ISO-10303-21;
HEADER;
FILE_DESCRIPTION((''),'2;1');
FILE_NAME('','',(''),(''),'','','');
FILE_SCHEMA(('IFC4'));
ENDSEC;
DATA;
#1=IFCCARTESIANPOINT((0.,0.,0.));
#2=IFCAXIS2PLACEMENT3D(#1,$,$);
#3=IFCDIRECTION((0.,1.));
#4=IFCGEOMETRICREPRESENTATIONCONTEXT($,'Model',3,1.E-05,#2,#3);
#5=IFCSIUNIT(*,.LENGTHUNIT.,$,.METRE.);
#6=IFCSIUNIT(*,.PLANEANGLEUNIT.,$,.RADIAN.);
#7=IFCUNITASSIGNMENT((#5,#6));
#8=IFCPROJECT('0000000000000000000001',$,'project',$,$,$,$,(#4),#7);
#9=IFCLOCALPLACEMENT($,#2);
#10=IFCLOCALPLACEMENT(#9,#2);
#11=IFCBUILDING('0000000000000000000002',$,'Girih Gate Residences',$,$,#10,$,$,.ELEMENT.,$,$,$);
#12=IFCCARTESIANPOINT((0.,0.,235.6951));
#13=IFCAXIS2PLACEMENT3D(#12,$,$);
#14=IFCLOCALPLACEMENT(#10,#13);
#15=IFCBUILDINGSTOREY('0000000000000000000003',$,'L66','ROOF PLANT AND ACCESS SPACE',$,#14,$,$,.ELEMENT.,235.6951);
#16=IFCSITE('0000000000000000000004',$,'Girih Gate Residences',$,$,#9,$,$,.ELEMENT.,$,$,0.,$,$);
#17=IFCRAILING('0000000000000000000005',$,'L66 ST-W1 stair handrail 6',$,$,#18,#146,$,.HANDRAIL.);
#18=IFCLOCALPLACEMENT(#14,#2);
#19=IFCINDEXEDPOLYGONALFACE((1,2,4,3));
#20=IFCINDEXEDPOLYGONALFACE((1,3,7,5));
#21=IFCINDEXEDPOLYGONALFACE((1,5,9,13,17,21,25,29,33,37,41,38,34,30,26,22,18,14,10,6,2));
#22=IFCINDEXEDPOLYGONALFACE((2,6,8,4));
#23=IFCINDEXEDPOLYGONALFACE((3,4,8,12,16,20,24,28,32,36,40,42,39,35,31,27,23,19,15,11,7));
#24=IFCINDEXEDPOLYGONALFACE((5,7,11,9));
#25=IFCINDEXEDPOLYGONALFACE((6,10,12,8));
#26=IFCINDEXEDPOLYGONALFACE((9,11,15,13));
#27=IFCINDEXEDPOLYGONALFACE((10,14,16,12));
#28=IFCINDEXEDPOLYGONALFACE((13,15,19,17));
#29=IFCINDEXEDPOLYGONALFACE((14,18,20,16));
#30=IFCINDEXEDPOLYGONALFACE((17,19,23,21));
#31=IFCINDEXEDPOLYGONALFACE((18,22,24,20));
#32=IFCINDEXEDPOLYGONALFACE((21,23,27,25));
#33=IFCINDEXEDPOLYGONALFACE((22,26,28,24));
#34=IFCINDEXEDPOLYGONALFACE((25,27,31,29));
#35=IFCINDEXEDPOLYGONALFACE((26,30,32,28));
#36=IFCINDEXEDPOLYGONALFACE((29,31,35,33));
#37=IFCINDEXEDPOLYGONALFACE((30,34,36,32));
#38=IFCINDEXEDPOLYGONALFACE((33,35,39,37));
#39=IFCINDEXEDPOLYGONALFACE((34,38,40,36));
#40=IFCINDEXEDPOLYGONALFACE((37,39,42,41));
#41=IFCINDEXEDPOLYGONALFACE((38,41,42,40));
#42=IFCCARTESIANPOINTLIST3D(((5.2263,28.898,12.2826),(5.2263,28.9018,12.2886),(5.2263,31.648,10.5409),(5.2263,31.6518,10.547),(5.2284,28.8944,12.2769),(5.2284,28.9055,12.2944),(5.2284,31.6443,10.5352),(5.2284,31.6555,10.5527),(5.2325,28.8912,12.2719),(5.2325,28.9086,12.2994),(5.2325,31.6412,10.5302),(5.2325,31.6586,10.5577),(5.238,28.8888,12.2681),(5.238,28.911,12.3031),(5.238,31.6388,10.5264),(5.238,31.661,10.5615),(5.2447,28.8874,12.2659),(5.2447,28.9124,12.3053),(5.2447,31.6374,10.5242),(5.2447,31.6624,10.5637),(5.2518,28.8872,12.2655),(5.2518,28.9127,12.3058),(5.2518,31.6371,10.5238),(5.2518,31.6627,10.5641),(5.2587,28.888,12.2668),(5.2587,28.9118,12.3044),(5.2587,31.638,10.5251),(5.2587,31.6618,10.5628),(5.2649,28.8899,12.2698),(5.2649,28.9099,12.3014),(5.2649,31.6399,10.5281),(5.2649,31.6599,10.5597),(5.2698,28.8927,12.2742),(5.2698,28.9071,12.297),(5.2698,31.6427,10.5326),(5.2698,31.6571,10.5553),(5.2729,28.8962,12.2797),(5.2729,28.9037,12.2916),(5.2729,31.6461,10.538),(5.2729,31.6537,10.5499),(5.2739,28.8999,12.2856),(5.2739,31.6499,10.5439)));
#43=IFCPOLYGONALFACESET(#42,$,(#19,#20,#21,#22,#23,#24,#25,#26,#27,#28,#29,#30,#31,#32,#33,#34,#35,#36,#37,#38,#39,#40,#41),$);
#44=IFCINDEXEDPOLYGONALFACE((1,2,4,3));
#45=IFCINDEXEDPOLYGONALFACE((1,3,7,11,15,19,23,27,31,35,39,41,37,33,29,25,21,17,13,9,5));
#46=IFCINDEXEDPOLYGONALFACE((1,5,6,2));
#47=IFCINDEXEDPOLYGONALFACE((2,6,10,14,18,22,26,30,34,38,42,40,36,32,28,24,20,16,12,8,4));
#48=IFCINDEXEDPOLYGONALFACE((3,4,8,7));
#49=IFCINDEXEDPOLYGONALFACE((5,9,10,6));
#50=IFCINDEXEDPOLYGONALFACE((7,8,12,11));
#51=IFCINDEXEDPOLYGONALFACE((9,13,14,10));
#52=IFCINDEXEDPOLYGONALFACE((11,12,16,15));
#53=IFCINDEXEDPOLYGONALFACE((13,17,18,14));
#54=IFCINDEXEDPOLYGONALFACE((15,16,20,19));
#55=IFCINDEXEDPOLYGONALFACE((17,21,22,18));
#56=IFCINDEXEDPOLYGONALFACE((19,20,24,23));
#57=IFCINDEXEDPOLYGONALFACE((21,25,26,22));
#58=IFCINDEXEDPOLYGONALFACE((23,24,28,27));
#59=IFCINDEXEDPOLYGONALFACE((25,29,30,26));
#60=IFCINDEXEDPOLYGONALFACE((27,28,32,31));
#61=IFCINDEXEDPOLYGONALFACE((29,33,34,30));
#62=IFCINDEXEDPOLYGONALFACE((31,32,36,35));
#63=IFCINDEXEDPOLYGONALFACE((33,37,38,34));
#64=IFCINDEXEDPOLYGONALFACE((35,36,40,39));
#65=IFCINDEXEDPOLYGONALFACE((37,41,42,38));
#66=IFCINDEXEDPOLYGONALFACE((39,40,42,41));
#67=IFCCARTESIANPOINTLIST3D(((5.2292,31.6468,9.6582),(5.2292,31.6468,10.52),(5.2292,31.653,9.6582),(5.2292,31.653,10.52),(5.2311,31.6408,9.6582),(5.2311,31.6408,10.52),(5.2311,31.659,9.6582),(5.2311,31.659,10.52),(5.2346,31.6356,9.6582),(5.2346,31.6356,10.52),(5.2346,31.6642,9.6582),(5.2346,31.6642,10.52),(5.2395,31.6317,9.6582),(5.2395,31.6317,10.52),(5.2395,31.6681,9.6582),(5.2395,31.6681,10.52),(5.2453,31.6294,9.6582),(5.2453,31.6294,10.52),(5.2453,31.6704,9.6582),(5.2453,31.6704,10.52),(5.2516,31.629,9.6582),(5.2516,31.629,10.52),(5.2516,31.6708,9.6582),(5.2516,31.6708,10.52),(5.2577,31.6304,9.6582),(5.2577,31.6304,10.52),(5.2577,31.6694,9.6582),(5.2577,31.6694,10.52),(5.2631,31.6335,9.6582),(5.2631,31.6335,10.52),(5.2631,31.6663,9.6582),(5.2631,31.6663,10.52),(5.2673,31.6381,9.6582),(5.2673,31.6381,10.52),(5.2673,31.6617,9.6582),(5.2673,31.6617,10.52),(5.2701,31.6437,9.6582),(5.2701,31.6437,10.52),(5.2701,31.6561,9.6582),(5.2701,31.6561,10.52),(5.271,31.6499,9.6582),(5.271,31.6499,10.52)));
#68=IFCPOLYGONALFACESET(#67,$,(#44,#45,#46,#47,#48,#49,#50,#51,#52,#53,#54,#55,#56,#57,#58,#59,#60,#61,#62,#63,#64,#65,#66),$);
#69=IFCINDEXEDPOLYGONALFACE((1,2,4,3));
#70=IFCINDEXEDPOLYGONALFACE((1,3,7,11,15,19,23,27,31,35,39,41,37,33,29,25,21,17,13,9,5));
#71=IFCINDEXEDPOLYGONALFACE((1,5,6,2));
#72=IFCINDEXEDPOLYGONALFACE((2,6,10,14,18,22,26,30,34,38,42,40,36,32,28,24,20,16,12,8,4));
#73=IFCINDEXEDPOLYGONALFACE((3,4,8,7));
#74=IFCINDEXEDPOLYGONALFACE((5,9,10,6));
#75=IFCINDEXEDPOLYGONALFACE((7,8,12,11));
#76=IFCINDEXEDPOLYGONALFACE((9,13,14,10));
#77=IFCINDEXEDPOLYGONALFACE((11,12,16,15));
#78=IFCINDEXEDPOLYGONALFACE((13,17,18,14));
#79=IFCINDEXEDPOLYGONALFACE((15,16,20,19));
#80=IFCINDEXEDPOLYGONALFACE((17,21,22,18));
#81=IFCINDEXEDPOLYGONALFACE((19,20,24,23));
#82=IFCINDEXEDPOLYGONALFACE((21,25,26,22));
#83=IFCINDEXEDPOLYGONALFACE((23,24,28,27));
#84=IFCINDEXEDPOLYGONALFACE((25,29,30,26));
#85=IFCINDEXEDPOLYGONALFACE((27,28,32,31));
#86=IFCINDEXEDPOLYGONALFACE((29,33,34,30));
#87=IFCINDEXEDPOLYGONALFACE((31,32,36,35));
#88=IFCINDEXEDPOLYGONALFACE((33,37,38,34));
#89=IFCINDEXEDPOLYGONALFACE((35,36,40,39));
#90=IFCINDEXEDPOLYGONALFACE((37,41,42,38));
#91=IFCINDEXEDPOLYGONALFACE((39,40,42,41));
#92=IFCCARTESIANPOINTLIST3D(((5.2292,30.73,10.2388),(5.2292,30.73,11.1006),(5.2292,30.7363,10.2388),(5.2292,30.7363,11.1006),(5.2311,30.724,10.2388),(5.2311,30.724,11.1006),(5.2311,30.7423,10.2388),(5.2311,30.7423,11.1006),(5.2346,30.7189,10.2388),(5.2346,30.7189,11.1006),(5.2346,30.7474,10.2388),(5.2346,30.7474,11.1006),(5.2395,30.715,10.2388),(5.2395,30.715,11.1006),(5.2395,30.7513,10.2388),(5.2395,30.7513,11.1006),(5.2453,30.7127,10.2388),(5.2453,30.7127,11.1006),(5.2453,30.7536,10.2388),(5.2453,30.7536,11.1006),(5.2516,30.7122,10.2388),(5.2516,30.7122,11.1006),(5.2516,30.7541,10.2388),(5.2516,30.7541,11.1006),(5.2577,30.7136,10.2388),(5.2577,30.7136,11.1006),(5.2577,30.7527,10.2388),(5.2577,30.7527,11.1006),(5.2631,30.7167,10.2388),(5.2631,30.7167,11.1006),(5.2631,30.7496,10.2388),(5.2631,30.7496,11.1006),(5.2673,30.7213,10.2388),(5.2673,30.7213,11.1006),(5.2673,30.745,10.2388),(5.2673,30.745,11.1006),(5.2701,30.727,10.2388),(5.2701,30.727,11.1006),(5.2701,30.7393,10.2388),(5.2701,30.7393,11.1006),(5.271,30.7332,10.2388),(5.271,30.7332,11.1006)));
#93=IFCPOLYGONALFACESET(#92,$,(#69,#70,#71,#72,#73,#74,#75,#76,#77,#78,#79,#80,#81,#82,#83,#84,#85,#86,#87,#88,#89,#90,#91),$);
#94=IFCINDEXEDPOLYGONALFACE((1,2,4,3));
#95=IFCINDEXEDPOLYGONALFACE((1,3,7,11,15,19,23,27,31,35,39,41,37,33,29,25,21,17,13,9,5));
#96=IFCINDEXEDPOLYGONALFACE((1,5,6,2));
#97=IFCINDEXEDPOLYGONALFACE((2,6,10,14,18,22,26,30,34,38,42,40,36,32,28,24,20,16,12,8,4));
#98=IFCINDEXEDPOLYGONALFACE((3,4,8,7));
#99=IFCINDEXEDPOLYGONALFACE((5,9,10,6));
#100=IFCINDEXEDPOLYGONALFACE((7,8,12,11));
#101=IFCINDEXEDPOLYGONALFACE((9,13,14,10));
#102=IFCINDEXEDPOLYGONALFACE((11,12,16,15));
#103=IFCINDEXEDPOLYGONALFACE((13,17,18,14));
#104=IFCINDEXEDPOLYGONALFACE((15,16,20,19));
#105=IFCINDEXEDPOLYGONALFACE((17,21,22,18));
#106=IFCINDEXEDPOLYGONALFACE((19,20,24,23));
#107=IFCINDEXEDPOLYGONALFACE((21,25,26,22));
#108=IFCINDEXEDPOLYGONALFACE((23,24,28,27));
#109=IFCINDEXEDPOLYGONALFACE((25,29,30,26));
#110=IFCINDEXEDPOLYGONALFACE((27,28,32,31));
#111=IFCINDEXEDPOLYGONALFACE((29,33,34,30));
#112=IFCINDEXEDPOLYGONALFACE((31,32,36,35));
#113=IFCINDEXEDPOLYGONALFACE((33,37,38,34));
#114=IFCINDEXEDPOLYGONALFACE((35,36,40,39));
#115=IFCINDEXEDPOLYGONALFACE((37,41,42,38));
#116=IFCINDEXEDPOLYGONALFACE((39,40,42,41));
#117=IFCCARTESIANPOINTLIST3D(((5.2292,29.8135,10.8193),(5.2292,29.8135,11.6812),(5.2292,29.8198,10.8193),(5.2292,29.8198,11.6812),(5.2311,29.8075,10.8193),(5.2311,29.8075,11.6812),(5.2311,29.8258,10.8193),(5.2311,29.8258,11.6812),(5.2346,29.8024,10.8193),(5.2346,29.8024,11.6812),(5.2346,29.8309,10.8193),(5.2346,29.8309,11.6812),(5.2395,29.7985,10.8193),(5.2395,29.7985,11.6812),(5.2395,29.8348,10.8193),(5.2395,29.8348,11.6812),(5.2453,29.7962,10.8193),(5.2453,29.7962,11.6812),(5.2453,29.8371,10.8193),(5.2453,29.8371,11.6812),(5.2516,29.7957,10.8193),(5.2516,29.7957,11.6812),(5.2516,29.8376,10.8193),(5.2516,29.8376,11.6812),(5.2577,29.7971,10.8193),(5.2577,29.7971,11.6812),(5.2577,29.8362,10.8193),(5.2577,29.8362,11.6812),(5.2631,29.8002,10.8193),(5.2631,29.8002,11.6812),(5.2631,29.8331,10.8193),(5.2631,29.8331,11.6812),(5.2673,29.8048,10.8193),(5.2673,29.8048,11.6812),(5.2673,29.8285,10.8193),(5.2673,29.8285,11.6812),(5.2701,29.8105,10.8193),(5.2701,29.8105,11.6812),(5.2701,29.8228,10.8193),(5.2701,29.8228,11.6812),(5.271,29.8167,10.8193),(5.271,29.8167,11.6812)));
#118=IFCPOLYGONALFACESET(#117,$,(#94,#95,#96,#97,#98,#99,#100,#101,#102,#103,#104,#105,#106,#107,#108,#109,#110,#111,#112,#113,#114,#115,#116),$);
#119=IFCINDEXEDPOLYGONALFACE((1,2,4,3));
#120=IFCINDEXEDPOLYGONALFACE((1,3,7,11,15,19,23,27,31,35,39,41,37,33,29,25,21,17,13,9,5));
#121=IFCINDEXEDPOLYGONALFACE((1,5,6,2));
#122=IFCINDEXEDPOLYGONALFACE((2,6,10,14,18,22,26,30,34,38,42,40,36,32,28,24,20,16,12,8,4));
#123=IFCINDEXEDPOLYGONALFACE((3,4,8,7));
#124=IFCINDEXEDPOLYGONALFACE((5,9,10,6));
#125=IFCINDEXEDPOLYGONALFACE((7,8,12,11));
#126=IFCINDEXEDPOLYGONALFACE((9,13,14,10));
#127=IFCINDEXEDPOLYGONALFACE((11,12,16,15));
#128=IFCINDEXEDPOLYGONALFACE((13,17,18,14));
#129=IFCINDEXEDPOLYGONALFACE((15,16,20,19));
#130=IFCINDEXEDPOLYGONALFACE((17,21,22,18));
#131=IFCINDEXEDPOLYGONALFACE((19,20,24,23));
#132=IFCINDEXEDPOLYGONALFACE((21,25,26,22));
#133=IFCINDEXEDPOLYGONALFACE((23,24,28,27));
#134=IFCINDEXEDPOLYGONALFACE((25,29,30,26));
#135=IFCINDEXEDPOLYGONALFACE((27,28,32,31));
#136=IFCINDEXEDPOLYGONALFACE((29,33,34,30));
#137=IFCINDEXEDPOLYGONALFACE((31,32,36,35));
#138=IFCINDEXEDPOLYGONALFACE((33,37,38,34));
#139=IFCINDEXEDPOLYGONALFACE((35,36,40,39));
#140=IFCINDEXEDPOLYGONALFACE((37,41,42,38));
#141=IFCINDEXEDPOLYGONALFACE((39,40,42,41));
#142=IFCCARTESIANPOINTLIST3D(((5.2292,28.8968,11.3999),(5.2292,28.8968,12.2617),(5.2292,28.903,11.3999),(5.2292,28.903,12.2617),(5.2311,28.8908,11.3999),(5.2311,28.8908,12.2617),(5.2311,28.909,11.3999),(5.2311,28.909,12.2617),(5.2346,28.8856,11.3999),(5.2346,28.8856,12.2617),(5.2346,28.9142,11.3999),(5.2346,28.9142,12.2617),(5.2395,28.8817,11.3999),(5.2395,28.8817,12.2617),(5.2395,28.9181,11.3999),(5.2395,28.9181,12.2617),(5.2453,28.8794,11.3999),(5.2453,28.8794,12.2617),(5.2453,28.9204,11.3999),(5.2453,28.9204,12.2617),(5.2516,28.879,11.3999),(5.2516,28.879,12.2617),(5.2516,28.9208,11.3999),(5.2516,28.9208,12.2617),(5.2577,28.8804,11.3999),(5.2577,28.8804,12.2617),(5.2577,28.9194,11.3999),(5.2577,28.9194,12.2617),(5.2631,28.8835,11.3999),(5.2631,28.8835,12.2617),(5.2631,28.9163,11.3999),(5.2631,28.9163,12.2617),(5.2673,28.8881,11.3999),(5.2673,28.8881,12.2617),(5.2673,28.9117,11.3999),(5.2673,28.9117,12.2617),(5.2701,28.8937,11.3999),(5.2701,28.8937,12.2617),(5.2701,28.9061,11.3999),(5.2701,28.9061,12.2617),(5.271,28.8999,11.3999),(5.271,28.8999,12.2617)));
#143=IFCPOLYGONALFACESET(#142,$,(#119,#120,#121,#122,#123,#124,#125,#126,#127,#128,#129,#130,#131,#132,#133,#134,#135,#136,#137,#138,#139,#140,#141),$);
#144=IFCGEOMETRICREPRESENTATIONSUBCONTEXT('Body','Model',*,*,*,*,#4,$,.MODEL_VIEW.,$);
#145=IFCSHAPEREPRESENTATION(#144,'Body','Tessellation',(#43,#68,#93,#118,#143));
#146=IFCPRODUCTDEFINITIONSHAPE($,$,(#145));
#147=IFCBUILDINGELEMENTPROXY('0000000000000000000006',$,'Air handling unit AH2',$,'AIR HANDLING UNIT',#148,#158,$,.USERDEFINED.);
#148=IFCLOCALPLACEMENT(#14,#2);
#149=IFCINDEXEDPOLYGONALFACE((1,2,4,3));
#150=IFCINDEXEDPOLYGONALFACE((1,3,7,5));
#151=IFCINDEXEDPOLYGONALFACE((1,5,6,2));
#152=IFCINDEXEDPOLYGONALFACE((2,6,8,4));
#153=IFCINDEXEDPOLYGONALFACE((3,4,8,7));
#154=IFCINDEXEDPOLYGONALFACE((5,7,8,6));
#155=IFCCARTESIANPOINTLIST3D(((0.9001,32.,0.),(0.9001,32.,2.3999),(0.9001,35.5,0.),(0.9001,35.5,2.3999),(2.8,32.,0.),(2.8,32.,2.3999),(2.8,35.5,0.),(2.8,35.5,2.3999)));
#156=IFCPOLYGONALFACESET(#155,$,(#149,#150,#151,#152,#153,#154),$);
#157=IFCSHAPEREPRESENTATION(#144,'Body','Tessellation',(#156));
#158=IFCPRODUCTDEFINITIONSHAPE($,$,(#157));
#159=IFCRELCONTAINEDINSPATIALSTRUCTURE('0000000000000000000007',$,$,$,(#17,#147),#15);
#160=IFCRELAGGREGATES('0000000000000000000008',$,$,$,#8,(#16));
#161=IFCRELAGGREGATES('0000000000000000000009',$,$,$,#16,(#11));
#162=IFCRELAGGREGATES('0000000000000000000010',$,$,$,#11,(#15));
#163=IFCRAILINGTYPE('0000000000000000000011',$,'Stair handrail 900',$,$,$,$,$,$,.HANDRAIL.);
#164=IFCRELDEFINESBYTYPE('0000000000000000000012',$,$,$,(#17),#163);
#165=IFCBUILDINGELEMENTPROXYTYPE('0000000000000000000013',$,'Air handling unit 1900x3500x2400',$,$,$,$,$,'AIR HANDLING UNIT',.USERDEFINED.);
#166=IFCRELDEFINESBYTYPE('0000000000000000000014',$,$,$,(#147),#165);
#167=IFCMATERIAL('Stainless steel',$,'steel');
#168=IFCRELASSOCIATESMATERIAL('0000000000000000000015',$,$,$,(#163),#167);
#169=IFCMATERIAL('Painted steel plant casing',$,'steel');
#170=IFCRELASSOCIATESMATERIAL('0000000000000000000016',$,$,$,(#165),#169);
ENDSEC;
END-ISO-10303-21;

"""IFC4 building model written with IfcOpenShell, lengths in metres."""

from ifc_helpers import new_model, si_unit, direction, frame, origin, origin_2d, place, context, subcontext, project, spatial, rectangle, circle, extrude, material, type_object, element, save


model = new_model("IFC4")

# Units and contexts
model_context = context("Model", 3, precision=1e-05, world=origin(), true_north=direction((0.0, 1.0)))
body_context = subcontext(model_context, "Body", "Model", "MODEL_VIEW")
ifc_project = project(units=[si_unit("LENGTHUNIT", "METRE"), si_unit("PLANEANGLEUNIT", "RADIAN")], contexts=[model_context])

# Site, building, storey
site_placement = place(None, origin())
site = spatial("IfcSite", under=ifc_project, at=site_placement, Name="Girih Gate Residences", CompositionType="ELEMENT", RefElevation=0.0)
building_placement = place(site_placement, origin())
building = spatial("IfcBuilding", under=site, at=building_placement, Name="Girih Gate Residences", CompositionType="ELEMENT")
storey_placement = place(building_placement, frame((0.0, 0.0, 235.6951)))
storey = spatial("IfcBuildingStorey", under=building, at=storey_placement, Name="L66", Description="ROOF PLANT AND ACCESS SPACE", CompositionType="ELEMENT", Elevation=235.6951)

# Shared definitions
ifc_material_1 = material(Name="Stainless steel", Category="steel")

# Railing
railing_type_1 = type_object("IfcRailingType", Name="Stair handrail 900", PredefinedType="HANDRAIL", material=ifc_material_1)
for number, where, name in (
    (1, (5.25, 31.6499, 9.6582), "L66 ST-W1 stair handrail 6"),
):
    element("IfcRailing", number, at=place(storey_placement, frame(where)), inside=storey, type_object=railing_type_1, Name=name, PredefinedType="HANDRAIL", context=body_context, shape_type="SweptSolid", body=[
        extrude(circle(Radius=0.0239, at=origin_2d()), frame((0.0, 0.0, 0.8857), z_axis=(0.0, -0.844815, 0.535059), x_axis=(1.0, 0.0, 0.0)), (0.0, 0.0, 1.0), 3.2551),
        extrude(circle(Radius=0.021, at=origin_2d()), origin(), (0.0, 0.0, 1.0), 0.8618),
        extrude(circle(Radius=0.021, at=origin_2d()), frame((0.0, -0.9167, 0.5806)), (0.0, 0.0, 1.0), 0.8618),
        extrude(circle(Radius=0.021, at=origin_2d()), frame((0.0, -1.8333, 1.1611)), (0.0, 0.0, 1.0), 0.8618),
        extrude(circle(Radius=0.021, at=origin_2d()), frame((0.0, -2.75, 1.7417)), (0.0, 0.0, 1.0), 0.8618),
    ])

# Building element proxy
ifc_material_2 = material(Name="Painted steel plant casing", Category="steel")
building_element_proxy_type = type_object("IfcBuildingElementProxyType", Name="Air handling unit 1900x3500x2400", ElementType="AIR HANDLING UNIT", PredefinedType="USERDEFINED", material=ifc_material_2)
proxy_placement = place(storey_placement, frame((1.8501, 33.75, 0.0), z_axis=(0.0, 0.0, 1.0), x_axis=(1.0, 0.0, 0.0)))
element("IfcBuildingElementProxy", 2, at=proxy_placement, inside=storey, type_object=building_element_proxy_type, Name="Air handling unit AH2", ObjectType="AIR HANDLING UNIT", PredefinedType="USERDEFINED", context=body_context, shape_type="SweptSolid", body=[
    extrude(rectangle(XDim=1.8999, YDim=3.5, at=origin_2d()), origin(), (0.0, 0.0, 1.0), 2.3999),
])

save(model, "model.ifc")
